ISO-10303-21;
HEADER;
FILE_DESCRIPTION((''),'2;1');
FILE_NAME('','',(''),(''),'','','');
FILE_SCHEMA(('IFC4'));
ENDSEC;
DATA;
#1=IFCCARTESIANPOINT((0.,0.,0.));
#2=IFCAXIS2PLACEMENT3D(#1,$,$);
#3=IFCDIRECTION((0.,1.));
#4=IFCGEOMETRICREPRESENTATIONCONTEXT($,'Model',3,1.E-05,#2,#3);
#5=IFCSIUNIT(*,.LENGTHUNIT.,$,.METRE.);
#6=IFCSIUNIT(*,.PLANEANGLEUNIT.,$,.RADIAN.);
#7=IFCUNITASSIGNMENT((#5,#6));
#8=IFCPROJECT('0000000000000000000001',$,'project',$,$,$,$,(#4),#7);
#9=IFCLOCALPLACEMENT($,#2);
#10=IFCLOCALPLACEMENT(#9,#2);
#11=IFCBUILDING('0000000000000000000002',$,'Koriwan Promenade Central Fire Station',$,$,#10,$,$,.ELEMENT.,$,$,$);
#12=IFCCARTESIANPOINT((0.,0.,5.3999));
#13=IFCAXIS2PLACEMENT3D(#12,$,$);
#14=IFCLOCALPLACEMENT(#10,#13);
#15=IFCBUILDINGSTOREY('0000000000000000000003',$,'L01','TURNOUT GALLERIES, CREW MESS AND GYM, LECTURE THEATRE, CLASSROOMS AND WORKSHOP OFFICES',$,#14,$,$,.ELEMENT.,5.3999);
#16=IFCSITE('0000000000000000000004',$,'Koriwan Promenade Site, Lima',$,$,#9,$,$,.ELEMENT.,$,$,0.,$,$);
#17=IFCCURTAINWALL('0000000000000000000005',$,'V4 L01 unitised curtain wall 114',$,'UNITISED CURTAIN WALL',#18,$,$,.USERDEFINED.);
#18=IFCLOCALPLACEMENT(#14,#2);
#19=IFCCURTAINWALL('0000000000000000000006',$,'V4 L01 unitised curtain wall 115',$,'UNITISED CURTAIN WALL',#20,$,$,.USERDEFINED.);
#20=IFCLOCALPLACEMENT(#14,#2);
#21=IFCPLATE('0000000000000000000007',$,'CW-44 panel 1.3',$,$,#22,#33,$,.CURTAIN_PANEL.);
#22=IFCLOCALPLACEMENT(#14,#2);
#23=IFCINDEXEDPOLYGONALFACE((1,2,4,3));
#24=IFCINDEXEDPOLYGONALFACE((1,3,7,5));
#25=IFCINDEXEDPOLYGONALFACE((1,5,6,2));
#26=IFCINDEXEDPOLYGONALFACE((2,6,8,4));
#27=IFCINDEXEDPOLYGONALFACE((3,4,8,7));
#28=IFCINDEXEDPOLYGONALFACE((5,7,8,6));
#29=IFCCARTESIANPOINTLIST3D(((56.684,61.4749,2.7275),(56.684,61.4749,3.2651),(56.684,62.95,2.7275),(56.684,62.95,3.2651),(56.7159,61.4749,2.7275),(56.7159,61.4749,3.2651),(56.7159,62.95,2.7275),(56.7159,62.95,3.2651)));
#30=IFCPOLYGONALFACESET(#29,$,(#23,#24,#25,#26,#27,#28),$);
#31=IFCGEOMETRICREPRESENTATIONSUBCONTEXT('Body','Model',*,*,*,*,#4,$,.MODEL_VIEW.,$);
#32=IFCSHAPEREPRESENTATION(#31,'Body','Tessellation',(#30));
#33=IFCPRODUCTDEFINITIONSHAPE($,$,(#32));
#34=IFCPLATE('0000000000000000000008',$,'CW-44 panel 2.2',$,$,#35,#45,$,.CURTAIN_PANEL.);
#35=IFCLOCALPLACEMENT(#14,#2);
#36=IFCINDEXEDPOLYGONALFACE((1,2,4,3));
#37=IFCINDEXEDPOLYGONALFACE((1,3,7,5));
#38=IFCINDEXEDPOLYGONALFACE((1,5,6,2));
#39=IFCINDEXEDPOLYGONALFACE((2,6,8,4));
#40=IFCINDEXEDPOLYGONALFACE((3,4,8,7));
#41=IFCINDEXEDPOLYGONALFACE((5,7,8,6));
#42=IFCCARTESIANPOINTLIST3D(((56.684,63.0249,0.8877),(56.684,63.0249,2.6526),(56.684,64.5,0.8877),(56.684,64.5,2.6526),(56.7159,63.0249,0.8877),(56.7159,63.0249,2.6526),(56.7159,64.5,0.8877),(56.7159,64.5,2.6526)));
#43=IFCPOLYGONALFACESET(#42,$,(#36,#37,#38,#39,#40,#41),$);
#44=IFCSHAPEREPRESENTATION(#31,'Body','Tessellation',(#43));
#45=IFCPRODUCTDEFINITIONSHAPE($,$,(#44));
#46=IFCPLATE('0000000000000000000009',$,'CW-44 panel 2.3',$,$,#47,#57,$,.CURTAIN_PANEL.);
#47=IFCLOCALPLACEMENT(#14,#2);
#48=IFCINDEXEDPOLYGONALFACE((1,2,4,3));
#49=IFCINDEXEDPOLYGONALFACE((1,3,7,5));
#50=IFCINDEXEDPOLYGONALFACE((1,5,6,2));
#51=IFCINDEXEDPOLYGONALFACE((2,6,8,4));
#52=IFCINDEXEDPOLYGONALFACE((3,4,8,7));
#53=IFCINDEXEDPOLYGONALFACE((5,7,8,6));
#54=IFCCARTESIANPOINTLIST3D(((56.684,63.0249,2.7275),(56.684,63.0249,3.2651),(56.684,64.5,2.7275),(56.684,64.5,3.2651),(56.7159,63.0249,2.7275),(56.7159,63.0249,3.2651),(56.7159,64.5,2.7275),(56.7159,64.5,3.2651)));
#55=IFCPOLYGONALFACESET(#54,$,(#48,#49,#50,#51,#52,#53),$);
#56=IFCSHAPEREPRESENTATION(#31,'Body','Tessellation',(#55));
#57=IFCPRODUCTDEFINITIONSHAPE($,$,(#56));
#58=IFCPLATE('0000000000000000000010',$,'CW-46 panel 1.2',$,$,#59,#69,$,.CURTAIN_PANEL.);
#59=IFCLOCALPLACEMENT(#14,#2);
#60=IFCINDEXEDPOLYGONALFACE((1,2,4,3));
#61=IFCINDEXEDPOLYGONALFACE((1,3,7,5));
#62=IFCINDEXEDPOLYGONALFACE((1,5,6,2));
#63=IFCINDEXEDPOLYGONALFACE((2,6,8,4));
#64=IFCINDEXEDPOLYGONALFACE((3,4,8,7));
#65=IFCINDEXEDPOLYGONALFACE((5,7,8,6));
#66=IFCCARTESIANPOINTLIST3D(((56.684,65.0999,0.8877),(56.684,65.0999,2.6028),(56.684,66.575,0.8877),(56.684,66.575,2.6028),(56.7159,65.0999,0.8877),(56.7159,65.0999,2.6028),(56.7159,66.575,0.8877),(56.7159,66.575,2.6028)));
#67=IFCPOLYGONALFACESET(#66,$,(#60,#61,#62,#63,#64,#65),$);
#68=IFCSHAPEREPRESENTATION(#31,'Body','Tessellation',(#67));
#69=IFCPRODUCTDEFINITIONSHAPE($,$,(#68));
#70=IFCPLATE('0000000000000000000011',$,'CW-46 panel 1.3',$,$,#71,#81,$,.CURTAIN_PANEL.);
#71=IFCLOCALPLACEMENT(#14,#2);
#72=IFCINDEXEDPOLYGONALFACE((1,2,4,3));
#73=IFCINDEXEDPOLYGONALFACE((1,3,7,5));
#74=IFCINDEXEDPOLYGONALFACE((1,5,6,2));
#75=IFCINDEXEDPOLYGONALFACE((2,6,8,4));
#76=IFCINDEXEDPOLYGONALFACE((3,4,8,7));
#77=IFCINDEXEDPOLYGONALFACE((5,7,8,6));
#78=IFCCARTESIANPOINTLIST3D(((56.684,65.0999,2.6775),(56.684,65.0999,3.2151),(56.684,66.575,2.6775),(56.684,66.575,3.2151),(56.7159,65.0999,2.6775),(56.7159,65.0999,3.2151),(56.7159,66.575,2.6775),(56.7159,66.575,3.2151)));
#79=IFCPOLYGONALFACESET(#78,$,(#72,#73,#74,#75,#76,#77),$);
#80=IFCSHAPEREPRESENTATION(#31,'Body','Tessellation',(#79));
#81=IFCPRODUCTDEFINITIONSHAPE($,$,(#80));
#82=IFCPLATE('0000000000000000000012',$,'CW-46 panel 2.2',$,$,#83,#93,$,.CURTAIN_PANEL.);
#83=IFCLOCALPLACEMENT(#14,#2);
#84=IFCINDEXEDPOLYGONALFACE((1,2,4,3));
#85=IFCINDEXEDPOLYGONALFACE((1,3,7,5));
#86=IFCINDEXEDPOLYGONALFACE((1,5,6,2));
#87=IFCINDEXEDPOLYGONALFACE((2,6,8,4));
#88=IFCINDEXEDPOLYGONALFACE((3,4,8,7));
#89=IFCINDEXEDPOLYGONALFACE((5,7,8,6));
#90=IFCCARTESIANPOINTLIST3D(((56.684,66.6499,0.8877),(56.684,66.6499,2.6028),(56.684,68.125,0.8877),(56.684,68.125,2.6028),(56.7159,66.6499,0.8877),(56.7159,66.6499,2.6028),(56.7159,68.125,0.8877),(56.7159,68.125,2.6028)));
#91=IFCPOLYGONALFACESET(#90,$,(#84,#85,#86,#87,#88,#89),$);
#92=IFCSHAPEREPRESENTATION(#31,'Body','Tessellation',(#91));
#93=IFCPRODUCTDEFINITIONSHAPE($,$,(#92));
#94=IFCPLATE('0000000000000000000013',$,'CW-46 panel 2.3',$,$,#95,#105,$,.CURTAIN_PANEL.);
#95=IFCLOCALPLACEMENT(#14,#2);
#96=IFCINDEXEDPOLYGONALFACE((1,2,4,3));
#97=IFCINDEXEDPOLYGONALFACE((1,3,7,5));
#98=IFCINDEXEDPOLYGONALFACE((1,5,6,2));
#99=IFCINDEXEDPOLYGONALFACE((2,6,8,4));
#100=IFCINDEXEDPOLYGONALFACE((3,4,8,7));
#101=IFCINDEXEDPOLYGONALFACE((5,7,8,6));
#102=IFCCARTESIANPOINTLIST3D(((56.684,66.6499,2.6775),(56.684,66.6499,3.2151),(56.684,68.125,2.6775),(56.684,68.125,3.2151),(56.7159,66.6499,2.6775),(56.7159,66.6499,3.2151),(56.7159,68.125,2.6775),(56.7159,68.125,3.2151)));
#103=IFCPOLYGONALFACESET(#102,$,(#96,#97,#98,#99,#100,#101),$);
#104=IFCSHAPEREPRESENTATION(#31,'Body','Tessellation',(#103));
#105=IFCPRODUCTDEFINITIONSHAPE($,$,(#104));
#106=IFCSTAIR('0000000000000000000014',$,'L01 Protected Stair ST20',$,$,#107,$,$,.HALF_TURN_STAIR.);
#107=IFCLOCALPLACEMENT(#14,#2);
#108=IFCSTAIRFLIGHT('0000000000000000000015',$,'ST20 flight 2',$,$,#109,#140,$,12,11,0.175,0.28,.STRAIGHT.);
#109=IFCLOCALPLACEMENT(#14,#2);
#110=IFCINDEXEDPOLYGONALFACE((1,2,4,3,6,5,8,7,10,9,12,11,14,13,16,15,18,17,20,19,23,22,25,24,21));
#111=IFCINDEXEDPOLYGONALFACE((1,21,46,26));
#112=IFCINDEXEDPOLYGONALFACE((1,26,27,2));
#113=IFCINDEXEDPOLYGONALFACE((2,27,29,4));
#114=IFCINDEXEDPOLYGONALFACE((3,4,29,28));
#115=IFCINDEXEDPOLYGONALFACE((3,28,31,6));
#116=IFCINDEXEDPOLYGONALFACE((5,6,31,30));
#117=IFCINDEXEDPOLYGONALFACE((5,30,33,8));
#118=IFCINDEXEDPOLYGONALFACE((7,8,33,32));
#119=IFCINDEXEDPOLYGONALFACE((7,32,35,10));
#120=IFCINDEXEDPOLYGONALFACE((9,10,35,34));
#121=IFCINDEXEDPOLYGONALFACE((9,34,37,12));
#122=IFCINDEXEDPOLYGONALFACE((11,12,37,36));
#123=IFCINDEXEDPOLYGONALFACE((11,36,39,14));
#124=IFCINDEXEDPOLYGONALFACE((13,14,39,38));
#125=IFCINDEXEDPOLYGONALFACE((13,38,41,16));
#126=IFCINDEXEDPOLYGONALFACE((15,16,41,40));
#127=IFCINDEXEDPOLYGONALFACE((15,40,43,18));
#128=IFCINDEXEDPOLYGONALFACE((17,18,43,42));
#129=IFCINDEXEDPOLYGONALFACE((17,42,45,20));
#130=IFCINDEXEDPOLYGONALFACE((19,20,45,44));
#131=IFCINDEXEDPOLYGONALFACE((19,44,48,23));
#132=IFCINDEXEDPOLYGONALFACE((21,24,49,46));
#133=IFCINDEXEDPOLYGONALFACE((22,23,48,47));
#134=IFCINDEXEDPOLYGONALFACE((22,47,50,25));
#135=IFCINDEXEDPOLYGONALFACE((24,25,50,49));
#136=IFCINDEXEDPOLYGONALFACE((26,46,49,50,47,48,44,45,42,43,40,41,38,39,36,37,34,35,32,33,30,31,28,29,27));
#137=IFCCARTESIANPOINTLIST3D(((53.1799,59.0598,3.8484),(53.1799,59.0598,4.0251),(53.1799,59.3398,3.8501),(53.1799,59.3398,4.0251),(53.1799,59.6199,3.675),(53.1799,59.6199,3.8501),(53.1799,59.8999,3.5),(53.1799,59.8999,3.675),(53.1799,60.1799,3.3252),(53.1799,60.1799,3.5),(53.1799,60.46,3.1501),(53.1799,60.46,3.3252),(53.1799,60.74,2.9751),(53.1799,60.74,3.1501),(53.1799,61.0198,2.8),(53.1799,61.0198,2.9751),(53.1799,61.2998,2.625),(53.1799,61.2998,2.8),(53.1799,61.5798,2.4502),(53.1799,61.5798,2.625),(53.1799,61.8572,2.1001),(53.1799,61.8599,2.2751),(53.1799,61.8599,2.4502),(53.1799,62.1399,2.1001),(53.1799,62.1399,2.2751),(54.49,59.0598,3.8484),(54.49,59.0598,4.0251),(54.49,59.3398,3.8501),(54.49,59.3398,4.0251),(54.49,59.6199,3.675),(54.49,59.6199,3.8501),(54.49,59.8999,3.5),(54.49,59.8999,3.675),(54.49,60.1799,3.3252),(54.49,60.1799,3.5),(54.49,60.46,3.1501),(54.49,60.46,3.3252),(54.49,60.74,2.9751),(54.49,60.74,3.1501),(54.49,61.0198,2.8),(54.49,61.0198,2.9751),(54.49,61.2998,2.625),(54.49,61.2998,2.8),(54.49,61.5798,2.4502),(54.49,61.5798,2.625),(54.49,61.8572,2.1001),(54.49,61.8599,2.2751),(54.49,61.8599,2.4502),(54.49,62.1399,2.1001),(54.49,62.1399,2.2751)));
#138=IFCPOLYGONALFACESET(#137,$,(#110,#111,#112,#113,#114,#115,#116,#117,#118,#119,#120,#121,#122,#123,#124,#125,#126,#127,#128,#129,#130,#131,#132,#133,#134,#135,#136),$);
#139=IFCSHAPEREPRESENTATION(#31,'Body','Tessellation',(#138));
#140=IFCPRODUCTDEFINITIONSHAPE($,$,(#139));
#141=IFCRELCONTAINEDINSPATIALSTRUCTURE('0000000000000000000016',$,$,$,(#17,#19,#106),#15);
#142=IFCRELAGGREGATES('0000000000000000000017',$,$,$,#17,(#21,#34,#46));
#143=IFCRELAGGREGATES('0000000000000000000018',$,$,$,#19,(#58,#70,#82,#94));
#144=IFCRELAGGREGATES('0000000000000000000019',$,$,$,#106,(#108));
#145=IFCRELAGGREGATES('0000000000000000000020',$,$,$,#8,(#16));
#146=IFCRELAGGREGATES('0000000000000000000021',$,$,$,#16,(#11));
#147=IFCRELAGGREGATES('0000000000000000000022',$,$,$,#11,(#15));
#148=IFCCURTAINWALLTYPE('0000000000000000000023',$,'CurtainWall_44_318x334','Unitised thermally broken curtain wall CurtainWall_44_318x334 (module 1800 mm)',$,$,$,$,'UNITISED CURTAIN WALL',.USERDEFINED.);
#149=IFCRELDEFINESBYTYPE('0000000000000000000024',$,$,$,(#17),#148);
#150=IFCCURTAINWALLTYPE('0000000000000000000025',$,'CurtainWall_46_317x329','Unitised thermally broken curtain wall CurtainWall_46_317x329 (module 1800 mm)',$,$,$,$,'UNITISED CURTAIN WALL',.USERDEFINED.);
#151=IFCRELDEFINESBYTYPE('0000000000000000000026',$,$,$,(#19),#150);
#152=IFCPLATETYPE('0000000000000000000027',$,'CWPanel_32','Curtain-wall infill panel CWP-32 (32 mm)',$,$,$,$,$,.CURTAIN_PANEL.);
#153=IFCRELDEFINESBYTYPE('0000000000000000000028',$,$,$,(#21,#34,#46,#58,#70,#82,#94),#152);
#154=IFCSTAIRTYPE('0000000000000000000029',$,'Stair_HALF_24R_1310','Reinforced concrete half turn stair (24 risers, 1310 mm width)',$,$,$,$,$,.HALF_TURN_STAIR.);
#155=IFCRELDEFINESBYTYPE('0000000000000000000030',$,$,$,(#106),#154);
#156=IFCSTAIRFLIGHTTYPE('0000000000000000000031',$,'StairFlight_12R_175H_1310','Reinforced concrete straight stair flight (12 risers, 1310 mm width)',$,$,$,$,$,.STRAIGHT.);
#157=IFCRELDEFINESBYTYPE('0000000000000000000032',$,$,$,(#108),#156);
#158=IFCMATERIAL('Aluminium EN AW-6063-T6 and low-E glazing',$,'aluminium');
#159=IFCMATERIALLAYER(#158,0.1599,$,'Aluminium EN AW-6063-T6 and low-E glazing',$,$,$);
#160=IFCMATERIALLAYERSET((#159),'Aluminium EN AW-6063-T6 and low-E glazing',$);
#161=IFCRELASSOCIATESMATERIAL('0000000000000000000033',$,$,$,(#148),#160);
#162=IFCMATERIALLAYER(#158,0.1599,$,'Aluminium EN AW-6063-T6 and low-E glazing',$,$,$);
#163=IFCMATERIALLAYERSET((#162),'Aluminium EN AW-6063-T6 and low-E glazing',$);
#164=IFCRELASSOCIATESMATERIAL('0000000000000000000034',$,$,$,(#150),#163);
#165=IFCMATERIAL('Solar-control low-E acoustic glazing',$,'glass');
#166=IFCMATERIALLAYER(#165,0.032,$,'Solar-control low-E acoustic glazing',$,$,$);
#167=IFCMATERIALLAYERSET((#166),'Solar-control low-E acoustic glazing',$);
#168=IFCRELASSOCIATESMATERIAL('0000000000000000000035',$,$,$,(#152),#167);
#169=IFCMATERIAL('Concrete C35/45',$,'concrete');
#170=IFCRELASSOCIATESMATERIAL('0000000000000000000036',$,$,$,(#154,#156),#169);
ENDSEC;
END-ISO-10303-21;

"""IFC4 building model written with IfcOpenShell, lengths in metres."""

from ifc_helpers import new_model, si_unit, direction, frame, origin, origin_2d, place, context, subcontext, project, spatial, polyline, rectangle, outline, extrude, material, layer, layer_set, type_object, element, aggregate, save


model = new_model("IFC4")

# Units and contexts
model_context = context("Model", 3, precision=1e-05, world=origin(), true_north=direction((0.0, 1.0)))
body_context = subcontext(model_context, "Body", "Model", "MODEL_VIEW")
ifc_project = project(units=[si_unit("LENGTHUNIT", "METRE"), si_unit("PLANEANGLEUNIT", "RADIAN")], contexts=[model_context])

# Site, building, storey
site_placement = place(None, origin())
site = spatial("IfcSite", under=ifc_project, at=site_placement, Name="Koriwan Promenade Site, Lima", CompositionType="ELEMENT", RefElevation=0.0)
building_placement = place(site_placement, origin())
building = spatial("IfcBuilding", under=site, at=building_placement, Name="Koriwan Promenade Central Fire Station", CompositionType="ELEMENT")
storey_placement = place(building_placement, frame((0.0, 0.0, 5.3999)))
storey = spatial("IfcBuildingStorey", under=building, at=storey_placement, Name="L01", Description="TURNOUT GALLERIES, CREW MESS AND GYM, LECTURE THEATRE, CLASSROOMS AND WORKSHOP OFFICES", CompositionType="ELEMENT", Elevation=5.3999)

# Shared definitions
ifc_material_1 = material(Name="Concrete C35/45", Category="concrete")

# Curtain walls
ifc_material_2 = material(Name="Aluminium EN AW-6063-T6 and low-E glazing", Category="aluminium")
ifc_layer_1 = layer(ifc_material_2, 0.1599, Name="Aluminium EN AW-6063-T6 and low-E glazing")
ifc_layer_set_1 = layer_set([ifc_layer_1], Name="Aluminium EN AW-6063-T6 and low-E glazing")
curtain_wall_type_1 = type_object("IfcCurtainWallType", Name="CurtainWall_44_318x334", Description="Unitised thermally broken curtain wall CurtainWall_44_318x334 (module 1800 mm)", ElementType="UNITISED CURTAIN WALL", PredefinedType="USERDEFINED", material=ifc_layer_set_1)
curtain_wall_1_placement = place(storey_placement, origin())
curtain_wall_1 = element("IfcCurtainWall", 1, at=curtain_wall_1_placement, inside=storey, type_object=curtain_wall_type_1, Name="V4 L01 unitised curtain wall 114", ObjectType="UNITISED CURTAIN WALL", PredefinedType="USERDEFINED")
ifc_layer_2 = layer(ifc_material_2, 0.1599, Name="Aluminium EN AW-6063-T6 and low-E glazing")
ifc_layer_set_2 = layer_set([ifc_layer_2], Name="Aluminium EN AW-6063-T6 and low-E glazing")
curtain_wall_type_2 = type_object("IfcCurtainWallType", Name="CurtainWall_46_317x329", Description="Unitised thermally broken curtain wall CurtainWall_46_317x329 (module 1800 mm)", ElementType="UNITISED CURTAIN WALL", PredefinedType="USERDEFINED", material=ifc_layer_set_2)
curtain_wall_2_placement = place(storey_placement, origin())
curtain_wall_2 = element("IfcCurtainWall", 2, at=curtain_wall_2_placement, inside=storey, type_object=curtain_wall_type_2, Name="V4 L01 unitised curtain wall 115", ObjectType="UNITISED CURTAIN WALL", PredefinedType="USERDEFINED")

# Plates
ifc_material_3 = material(Name="Solar-control low-E acoustic glazing", Category="glass")
ifc_layer_3 = layer(ifc_material_3, 0.032, Name="Solar-control low-E acoustic glazing")
ifc_layer_set_3 = layer_set([ifc_layer_3], Name="Solar-control low-E acoustic glazing")
plate_type = type_object("IfcPlateType", Name="CWPanel_32", Description="Curtain-wall infill panel CWP-32 (32 mm)", PredefinedType="CURTAIN_PANEL", material=ifc_layer_set_3)
plate_1_placement = place(storey_placement, frame((56.7, 62.2124, 2.7275), z_axis=(0.0, 0.0, 1.0), x_axis=(0.0, 1.0, 0.0)))
plate_1 = element("IfcPlate", 3, at=plate_1_placement, type_object=plate_type, Name="CW-44 panel 1.3", PredefinedType="CURTAIN_PANEL", context=body_context, shape_type="SweptSolid", body=[
    extrude(rectangle(XDim=1.4751, YDim=0.032, at=origin_2d()), origin(), (0.0, 0.0, 1.0), 0.5376),
])
plate_2_placement = place(storey_placement, frame((56.7, 63.7625, 0.8877), z_axis=(0.0, 0.0, 1.0), x_axis=(0.0, 1.0, 0.0)))
plate_2 = element("IfcPlate", 4, at=plate_2_placement, type_object=plate_type, Name="CW-44 panel 2.2", PredefinedType="CURTAIN_PANEL", context=body_context, shape_type="SweptSolid", body=[
    extrude(rectangle(XDim=1.4751, YDim=0.032, at=origin_2d()), origin(), (0.0, 0.0, 1.0), 1.7649),
])
plate_3_placement = place(storey_placement, frame((56.7, 63.7625, 2.7275), z_axis=(0.0, 0.0, 1.0), x_axis=(0.0, 1.0, 0.0)))
plate_3 = element("IfcPlate", 5, at=plate_3_placement, type_object=plate_type, Name="CW-44 panel 2.3", PredefinedType="CURTAIN_PANEL", context=body_context, shape_type="SweptSolid", body=[
    extrude(rectangle(XDim=1.4751, YDim=0.032, at=origin_2d()), origin(), (0.0, 0.0, 1.0), 0.5376),
])
aggregate(curtain_wall_1, [plate_1, plate_2, plate_3])
plate_4_placement = place(storey_placement, frame((56.7, 65.8374, 0.8877), z_axis=(0.0, 0.0, 1.0), x_axis=(0.0, 1.0, 0.0)))
plate_4 = element("IfcPlate", 6, at=plate_4_placement, type_object=plate_type, Name="CW-46 panel 1.2", PredefinedType="CURTAIN_PANEL", context=body_context, shape_type="SweptSolid", body=[
    extrude(rectangle(XDim=1.4751, YDim=0.032, at=origin_2d()), origin(), (0.0, 0.0, 1.0), 1.7151),
])
plate_5_placement = place(storey_placement, frame((56.7, 65.8374, 2.6775), z_axis=(0.0, 0.0, 1.0), x_axis=(0.0, 1.0, 0.0)))
plate_5 = element("IfcPlate", 7, at=plate_5_placement, type_object=plate_type, Name="CW-46 panel 1.3", PredefinedType="CURTAIN_PANEL", context=body_context, shape_type="SweptSolid", body=[
    extrude(rectangle(XDim=1.4751, YDim=0.032, at=origin_2d()), origin(), (0.0, 0.0, 1.0), 0.5376),
])
plate_6_placement = place(storey_placement, frame((56.7, 67.3875, 0.8877), z_axis=(0.0, 0.0, 1.0), x_axis=(0.0, 1.0, 0.0)))
plate_6 = element("IfcPlate", 8, at=plate_6_placement, type_object=plate_type, Name="CW-46 panel 2.2", PredefinedType="CURTAIN_PANEL", context=body_context, shape_type="SweptSolid", body=[
    extrude(rectangle(XDim=1.4751, YDim=0.032, at=origin_2d()), origin(), (0.0, 0.0, 1.0), 1.7151),
])
plate_7_placement = place(storey_placement, frame((56.7, 67.3875, 2.6775), z_axis=(0.0, 0.0, 1.0), x_axis=(0.0, 1.0, 0.0)))
plate_7 = element("IfcPlate", 9, at=plate_7_placement, type_object=plate_type, Name="CW-46 panel 2.3", PredefinedType="CURTAIN_PANEL", context=body_context, shape_type="SweptSolid", body=[
    extrude(rectangle(XDim=1.4751, YDim=0.032, at=origin_2d()), origin(), (0.0, 0.0, 1.0), 0.5376),
])
aggregate(curtain_wall_2, [plate_4, plate_5, plate_6, plate_7])

# Stair, stair flight
stair_type = type_object("IfcStairType", Name="Stair_HALF_24R_1310", Description="Reinforced concrete half turn stair (24 risers, 1310 mm width)", PredefinedType="HALF_TURN_STAIR", material=ifc_material_1)
stair_placement = place(storey_placement, origin())
stair = element("IfcStair", 10, at=stair_placement, inside=storey, type_object=stair_type, Name="L01 Protected Stair ST20", PredefinedType="HALF_TURN_STAIR")
stair_flight_type = type_object("IfcStairFlightType", Name="StairFlight_12R_175H_1310", Description="Reinforced concrete straight stair flight (12 risers, 1310 mm width)", PredefinedType="STRAIGHT", material=ifc_material_1)
stair_flight_placement = place(storey_placement, frame((53.835, 62.1399, 2.1001), z_axis=(0.0, 0.0, 1.0), x_axis=(0.0, -1.0, 0.0)))
stair_flight = element("IfcStairFlight", 11, at=stair_flight_placement, type_object=stair_flight_type, Name="ST20 flight 2", NumberOfRisers=12, NumberOfTreads=11, PredefinedType="STRAIGHT", RiserHeight=0.175, TreadLength=0.28, context=body_context, shape_type="SweptSolid", body=[
    extrude(outline(polyline([(0.0, 0.0), (0.0, 0.175), (0.28, 0.175), (0.28, 0.3501), (0.5601, 0.3501), (0.5601, 0.5249), (0.8401, 0.5249), (0.8401, 0.7), (1.1201, 0.7), (1.1201, 0.875), (1.3999, 0.875), (1.3999, 1.05), (1.6799, 1.05), (1.6799, 1.2251), (1.96, 1.2251), (1.96, 1.3999), (2.24, 1.3999), (2.24, 1.575), (2.52, 1.575), (2.52, 1.75), (2.8, 1.75), (2.8, 1.925), (3.0801, 1.925), (3.0801, 2.1001), (3.0801, 1.7483), (0.2827, 0.0), (0.0, 0.0)])), frame((0.0, 0.655, 0.0), z_axis=(0.0, -1.0, 0.0), x_axis=(1.0, 0.0, 0.0)), (0.0, 0.0, 1.0), 1.3101),
])
aggregate(stair, [stair_flight])

save(model, "model.ifc")
